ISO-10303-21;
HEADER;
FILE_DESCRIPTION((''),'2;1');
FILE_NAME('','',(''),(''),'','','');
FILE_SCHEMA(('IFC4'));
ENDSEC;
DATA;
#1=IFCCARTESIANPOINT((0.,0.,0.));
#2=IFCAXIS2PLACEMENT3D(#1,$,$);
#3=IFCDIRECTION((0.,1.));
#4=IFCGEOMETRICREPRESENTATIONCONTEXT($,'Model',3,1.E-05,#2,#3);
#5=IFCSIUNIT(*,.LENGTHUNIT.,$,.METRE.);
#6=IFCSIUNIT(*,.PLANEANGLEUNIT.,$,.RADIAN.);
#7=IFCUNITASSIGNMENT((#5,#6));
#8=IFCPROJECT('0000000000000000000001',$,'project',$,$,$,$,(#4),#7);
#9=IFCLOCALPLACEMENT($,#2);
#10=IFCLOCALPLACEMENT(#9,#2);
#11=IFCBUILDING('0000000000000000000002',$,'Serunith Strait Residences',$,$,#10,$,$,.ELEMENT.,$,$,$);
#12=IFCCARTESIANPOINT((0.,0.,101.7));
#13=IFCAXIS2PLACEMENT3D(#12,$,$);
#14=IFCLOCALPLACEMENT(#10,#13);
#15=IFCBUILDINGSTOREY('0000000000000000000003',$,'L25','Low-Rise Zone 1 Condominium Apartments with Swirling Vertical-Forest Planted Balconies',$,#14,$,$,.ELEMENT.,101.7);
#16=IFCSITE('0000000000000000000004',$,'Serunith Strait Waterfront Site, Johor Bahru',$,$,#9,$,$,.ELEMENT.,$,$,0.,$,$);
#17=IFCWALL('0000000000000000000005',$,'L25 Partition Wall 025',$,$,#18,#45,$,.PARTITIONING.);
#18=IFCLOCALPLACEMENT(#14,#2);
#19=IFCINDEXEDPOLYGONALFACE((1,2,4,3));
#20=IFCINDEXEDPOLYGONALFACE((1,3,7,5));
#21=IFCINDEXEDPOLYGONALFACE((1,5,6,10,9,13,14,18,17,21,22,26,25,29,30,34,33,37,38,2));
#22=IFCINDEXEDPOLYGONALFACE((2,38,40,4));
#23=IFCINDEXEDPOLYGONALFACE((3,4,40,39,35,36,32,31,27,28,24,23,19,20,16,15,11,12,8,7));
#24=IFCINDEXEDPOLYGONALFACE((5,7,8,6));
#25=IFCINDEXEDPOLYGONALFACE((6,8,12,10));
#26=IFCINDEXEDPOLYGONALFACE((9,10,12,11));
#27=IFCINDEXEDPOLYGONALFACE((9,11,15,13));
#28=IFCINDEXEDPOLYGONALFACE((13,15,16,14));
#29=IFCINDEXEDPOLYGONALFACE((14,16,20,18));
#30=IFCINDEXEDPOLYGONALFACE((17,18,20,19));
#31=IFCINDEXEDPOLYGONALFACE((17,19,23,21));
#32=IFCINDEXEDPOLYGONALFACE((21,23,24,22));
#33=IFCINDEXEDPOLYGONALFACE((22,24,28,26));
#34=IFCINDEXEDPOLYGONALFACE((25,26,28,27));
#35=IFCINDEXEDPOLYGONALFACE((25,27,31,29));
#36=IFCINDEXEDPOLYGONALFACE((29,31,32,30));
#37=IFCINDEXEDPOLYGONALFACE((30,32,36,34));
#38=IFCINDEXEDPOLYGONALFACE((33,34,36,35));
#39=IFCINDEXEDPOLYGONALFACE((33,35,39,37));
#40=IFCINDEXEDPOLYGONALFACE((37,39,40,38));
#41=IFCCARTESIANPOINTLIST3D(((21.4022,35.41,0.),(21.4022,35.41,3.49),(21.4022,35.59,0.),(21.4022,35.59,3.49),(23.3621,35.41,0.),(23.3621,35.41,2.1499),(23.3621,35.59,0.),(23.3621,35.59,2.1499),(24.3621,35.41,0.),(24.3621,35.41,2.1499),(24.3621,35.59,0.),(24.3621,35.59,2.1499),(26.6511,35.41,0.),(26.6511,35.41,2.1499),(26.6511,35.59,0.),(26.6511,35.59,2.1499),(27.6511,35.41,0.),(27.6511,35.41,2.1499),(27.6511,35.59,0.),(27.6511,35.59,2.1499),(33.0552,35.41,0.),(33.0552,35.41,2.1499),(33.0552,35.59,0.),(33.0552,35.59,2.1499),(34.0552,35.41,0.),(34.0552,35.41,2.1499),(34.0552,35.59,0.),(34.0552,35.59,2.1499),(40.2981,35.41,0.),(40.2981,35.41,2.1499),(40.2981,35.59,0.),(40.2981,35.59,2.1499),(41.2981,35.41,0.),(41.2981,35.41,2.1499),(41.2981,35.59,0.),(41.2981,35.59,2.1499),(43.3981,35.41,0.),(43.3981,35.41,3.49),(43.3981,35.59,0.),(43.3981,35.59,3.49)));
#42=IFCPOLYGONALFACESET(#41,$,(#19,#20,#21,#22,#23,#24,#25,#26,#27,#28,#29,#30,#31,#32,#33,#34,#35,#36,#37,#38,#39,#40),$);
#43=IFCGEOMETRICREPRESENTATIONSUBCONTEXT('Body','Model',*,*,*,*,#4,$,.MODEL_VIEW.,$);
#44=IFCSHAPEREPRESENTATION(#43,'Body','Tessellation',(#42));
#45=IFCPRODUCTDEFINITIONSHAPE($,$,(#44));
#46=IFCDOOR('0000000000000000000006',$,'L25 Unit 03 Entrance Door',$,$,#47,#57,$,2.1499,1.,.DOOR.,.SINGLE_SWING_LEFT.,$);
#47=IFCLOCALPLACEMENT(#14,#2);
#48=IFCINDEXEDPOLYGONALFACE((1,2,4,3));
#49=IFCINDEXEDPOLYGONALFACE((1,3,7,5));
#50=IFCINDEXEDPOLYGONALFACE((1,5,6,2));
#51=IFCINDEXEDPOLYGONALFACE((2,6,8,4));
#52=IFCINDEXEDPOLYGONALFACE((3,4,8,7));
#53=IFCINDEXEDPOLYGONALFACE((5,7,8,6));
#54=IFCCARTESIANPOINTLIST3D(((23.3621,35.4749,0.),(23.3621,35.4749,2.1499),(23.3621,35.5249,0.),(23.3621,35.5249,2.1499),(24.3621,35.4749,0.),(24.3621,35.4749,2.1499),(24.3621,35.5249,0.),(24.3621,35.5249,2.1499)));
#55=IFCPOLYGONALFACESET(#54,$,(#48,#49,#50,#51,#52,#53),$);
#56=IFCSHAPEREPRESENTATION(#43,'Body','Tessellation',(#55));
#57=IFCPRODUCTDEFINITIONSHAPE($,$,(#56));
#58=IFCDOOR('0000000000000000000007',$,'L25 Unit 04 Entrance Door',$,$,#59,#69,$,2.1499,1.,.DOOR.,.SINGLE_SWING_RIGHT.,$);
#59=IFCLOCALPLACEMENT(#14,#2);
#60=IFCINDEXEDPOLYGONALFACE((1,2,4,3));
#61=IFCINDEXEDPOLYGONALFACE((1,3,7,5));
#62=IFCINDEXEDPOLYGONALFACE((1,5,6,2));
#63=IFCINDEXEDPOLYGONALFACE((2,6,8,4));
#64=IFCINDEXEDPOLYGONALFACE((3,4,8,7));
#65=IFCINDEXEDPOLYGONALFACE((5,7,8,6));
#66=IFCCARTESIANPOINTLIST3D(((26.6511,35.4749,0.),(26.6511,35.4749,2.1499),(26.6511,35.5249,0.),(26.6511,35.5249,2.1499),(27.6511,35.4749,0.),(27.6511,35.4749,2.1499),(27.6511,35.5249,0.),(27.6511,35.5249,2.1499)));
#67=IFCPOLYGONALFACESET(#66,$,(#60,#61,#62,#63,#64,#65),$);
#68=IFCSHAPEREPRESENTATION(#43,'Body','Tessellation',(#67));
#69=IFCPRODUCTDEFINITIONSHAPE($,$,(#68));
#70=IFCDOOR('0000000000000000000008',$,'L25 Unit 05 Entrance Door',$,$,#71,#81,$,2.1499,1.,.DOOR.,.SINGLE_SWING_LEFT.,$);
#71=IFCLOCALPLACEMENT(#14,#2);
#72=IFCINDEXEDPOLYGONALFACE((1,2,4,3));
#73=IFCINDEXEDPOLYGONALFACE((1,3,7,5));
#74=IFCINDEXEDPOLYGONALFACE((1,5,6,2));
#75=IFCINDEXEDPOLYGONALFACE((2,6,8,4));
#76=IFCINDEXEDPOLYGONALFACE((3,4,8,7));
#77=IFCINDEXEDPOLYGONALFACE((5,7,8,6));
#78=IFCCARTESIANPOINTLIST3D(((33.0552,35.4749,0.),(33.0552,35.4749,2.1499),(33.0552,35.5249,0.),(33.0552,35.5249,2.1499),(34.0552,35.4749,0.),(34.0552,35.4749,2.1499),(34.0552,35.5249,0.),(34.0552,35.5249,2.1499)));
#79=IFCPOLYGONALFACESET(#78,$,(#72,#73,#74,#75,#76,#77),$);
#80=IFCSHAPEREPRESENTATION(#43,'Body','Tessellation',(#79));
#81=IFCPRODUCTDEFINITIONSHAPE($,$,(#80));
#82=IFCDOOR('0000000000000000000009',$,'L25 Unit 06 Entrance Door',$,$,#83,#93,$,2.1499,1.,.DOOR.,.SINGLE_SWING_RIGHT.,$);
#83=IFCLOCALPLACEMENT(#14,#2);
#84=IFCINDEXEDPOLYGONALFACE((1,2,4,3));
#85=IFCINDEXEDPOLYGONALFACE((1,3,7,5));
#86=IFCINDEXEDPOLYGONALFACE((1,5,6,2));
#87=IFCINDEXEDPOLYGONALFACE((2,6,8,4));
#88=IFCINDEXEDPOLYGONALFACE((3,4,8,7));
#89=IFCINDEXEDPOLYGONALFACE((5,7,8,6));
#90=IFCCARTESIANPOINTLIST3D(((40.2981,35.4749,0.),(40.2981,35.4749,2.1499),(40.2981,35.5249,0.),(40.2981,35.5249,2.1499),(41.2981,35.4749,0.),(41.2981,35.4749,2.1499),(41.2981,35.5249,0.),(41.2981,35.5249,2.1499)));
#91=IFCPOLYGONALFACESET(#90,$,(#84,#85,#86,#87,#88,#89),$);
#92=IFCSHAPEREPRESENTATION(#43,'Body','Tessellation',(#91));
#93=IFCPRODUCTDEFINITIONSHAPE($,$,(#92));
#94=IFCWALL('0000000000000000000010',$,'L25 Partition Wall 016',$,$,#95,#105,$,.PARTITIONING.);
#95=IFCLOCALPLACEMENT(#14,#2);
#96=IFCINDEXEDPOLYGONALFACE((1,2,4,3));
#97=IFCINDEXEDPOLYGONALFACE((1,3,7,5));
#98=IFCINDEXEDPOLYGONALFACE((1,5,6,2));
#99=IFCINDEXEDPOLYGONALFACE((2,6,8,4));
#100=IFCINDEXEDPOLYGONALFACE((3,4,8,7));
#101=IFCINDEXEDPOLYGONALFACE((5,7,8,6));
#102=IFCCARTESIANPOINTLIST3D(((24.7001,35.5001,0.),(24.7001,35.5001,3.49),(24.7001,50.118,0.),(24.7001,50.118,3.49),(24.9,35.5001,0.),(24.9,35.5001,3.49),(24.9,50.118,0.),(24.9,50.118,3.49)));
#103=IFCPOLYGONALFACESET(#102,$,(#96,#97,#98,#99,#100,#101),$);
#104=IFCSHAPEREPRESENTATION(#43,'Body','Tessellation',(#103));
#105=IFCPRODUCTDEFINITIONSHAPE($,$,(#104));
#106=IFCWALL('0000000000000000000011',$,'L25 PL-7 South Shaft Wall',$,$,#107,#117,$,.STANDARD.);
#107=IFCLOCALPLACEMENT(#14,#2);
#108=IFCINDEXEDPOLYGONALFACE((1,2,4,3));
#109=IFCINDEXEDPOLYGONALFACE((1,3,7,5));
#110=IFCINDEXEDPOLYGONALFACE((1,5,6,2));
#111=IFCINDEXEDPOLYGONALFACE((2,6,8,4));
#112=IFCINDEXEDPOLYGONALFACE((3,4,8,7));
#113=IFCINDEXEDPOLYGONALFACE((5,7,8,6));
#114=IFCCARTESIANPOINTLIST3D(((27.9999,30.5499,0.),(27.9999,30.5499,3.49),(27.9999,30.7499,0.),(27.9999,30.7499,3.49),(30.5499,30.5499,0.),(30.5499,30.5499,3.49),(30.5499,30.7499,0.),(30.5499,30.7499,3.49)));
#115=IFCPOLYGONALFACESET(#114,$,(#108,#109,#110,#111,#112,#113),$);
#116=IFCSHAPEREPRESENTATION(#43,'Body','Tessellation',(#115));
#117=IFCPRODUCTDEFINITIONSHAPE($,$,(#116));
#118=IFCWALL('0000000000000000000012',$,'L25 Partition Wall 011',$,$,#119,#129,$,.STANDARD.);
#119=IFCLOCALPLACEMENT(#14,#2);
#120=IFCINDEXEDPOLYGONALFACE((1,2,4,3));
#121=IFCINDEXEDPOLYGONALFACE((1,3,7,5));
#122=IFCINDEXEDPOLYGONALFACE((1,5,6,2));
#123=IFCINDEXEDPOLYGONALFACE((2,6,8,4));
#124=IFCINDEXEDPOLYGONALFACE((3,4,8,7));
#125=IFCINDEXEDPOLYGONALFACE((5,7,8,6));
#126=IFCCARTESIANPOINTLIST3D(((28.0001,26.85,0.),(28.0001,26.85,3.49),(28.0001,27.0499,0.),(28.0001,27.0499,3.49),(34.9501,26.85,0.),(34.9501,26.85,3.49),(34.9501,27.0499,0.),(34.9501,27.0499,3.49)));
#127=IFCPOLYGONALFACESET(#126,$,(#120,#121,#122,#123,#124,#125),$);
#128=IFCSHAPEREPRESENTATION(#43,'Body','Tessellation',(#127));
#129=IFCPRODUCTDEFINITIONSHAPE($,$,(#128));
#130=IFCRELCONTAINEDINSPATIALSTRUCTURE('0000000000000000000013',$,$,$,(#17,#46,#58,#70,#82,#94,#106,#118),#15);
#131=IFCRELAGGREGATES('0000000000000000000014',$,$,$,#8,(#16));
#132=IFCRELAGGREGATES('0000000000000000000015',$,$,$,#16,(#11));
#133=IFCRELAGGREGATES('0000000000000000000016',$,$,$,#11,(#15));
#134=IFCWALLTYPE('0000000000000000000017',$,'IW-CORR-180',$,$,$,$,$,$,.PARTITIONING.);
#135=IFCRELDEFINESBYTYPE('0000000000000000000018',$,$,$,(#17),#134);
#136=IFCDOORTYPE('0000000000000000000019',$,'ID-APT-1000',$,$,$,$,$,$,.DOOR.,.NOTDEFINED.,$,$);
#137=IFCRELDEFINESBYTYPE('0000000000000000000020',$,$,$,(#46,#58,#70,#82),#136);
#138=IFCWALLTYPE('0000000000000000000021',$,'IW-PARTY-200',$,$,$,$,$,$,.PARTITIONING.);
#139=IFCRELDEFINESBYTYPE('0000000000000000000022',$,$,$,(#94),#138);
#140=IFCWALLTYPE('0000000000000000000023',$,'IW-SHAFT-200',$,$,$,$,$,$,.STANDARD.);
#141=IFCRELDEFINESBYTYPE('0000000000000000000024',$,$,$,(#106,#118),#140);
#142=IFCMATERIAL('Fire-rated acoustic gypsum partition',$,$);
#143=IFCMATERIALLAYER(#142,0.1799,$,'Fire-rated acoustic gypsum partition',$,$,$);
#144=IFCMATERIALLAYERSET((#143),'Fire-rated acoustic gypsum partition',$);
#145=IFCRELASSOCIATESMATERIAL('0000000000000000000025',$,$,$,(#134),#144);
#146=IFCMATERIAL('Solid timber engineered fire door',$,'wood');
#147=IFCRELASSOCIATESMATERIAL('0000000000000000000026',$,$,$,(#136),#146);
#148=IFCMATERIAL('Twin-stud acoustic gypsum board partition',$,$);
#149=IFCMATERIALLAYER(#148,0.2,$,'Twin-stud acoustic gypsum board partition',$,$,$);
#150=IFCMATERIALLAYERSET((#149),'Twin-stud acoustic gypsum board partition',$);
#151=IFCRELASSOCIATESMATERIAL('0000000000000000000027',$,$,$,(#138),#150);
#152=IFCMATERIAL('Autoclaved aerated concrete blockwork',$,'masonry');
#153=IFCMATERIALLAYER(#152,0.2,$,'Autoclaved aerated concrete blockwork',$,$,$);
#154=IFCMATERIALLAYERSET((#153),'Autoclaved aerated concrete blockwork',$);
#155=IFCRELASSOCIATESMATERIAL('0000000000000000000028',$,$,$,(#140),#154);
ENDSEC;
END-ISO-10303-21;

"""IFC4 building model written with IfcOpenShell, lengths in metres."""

from ifc_helpers import new_model, si_unit, direction, frame, frame_2d, origin, place, context, subcontext, project, spatial, rectangle, extrude, source, transform, mapped, material, layer, layer_set, type_object, element, fill, save


model = new_model("IFC4")

# Units and contexts
model_context = context("Model", 3, precision=1e-05, world=origin(), true_north=direction((0.0, 1.0)))
body_context = subcontext(model_context, "Body", "Model", "MODEL_VIEW")
ifc_project = project(units=[si_unit("LENGTHUNIT", "METRE"), si_unit("PLANEANGLEUNIT", "RADIAN")], contexts=[model_context])

# Site, building, storey
site_placement = place(None, origin())
site = spatial("IfcSite", under=ifc_project, at=site_placement, Name="Serunith Strait Waterfront Site, Johor Bahru", CompositionType="ELEMENT", RefElevation=0.0)
building_placement = place(site_placement, origin())
building = spatial("IfcBuilding", under=site, at=building_placement, Name="Serunith Strait Residences", CompositionType="ELEMENT")
storey_placement = place(building_placement, frame((0.0, 0.0, 101.7)))
storey = spatial("IfcBuildingStorey", under=building, at=storey_placement, Name="L25", Description="Low-Rise Zone 1 Condominium Apartments with Swirling Vertical-Forest Planted Balconies", CompositionType="ELEMENT", Elevation=101.7)

# Wall, openings, doors
ifc_material_1 = material(Name="Fire-rated acoustic gypsum partition")
ifc_layer_1 = layer(ifc_material_1, 0.1799, Name="Fire-rated acoustic gypsum partition")
ifc_layer_set_1 = layer_set([ifc_layer_1], Name="Fire-rated acoustic gypsum partition")
wall_type_1 = type_object("IfcWallType", Name="IW-CORR-180", PredefinedType="PARTITIONING", material=ifc_layer_set_1)
wall_1_placement = place(storey_placement, frame((21.4021, 35.5, 0.0), z_axis=(0.0, 0.0, 1.0), x_axis=(1.0, 0.0, 0.0)))
wall_1 = element("IfcWall", 1, at=wall_1_placement, inside=storey, type_object=wall_type_1, Name="L25 Partition Wall 025", PredefinedType="PARTITIONING", context=body_context, shape_type="SweptSolid", body=[
    extrude(rectangle(XDim=21.9958, YDim=0.1799, at=frame_2d((10.998, 0.0))), origin(), (0.0, 0.0, 1.0), 3.49),
])
opening_1_placement = place(wall_1_placement, frame((1.96, 0.0, 0.0)))
opening_1 = element("IfcOpeningElement", 2, at=opening_1_placement, cuts=wall_1, PredefinedType="OPENING", context=body_context, shape_type="SweptSolid", body=[
    extrude(rectangle(XDim=1.0, YDim=2.1499, at=frame_2d((0.5, 1.075))), frame((0.0, 0.1001, 0.0), z_axis=(0.0, -1.0, 0.0), x_axis=(1.0, 0.0, 0.0)), (0.0, 0.0, 1.0), 0.2),
])
opening_2_placement = place(wall_1_placement, frame((5.249, 0.0, 0.0)))
opening_2 = element("IfcOpeningElement", 3, at=opening_2_placement, cuts=wall_1, PredefinedType="OPENING", context=body_context, shape_type="SweptSolid", body=[
    extrude(rectangle(XDim=1.0, YDim=2.1499, at=frame_2d((0.5, 1.075))), frame((0.0, 0.1001, 0.0), z_axis=(0.0, -1.0, 0.0), x_axis=(1.0, 0.0, 0.0)), (0.0, 0.0, 1.0), 0.2),
])
opening_3_placement = place(wall_1_placement, frame((11.6531, 0.0, 0.0)))
opening_3 = element("IfcOpeningElement", 4, at=opening_3_placement, cuts=wall_1, PredefinedType="OPENING", context=body_context, shape_type="SweptSolid", body=[
    extrude(rectangle(XDim=1.0, YDim=2.1499, at=frame_2d((0.5, 1.075))), frame((0.0, 0.1001, 0.0), z_axis=(0.0, -1.0, 0.0), x_axis=(1.0, 0.0, 0.0)), (0.0, 0.0, 1.0), 0.2),
])
opening_4_placement = place(wall_1_placement, frame((18.896, 0.0, 0.0)))
opening_4 = element("IfcOpeningElement", 5, at=opening_4_placement, cuts=wall_1, PredefinedType="OPENING", context=body_context, shape_type="SweptSolid", body=[
    extrude(rectangle(XDim=1.0, YDim=2.1499, at=frame_2d((0.5, 1.075))), frame((0.0, 0.1001, 0.0), z_axis=(0.0, -1.0, 0.0), x_axis=(1.0, 0.0, 0.0)), (0.0, 0.0, 1.0), 0.2),
])
ifc_material_2 = material(Name="Solid timber engineered fire door", Category="wood")
door_type_1 = type_object("IfcDoorType", Name="ID-APT-1000", OperationType="NOTDEFINED", PredefinedType="DOOR", material=ifc_material_2)
shared_shape_1 = source(origin(), body_context, "Body", "SweptSolid", [
    extrude(rectangle(XDim=1.0, YDim=2.1499, at=frame_2d((0.5, 1.075))), frame((0.0, 0.0249, 0.0), z_axis=(0.0, -1.0, 0.0), x_axis=(1.0, 0.0, 0.0)), (0.0, 0.0, 1.0), 0.05),
])
door_1_placement = place(opening_1_placement, origin())
door_1 = element("IfcDoor", 6, at=door_1_placement, inside=storey, type_object=door_type_1, Name="L25 Unit 03 Entrance Door", OperationType="SINGLE_SWING_LEFT", OverallHeight=2.1499, OverallWidth=1.0, PredefinedType="DOOR", context=body_context, shape_type="MappedRepresentation", body=[
    mapped(shared_shape_1, transform((0.0, 0.0, 0.0), scale=1.0)),
])
fill(opening_1, door_1)
door_2_placement = place(opening_2_placement, origin())
door_2 = element("IfcDoor", 7, at=door_2_placement, inside=storey, type_object=door_type_1, Name="L25 Unit 04 Entrance Door", OperationType="SINGLE_SWING_RIGHT", OverallHeight=2.1499, OverallWidth=1.0, PredefinedType="DOOR", context=body_context, shape_type="MappedRepresentation", body=[
    mapped(shared_shape_1, transform((0.0, 0.0, 0.0), scale=1.0)),
])
fill(opening_2, door_2)
door_3_placement = place(opening_3_placement, origin())
door_3 = element("IfcDoor", 8, at=door_3_placement, inside=storey, type_object=door_type_1, Name="L25 Unit 05 Entrance Door", OperationType="SINGLE_SWING_LEFT", OverallHeight=2.1499, OverallWidth=1.0, PredefinedType="DOOR", context=body_context, shape_type="MappedRepresentation", body=[
    mapped(shared_shape_1, transform((0.0, 0.0, 0.0), scale=1.0)),
])
fill(opening_3, door_3)
door_4_placement = place(opening_4_placement, origin())
door_4 = element("IfcDoor", 9, at=door_4_placement, inside=storey, type_object=door_type_1, Name="L25 Unit 06 Entrance Door", OperationType="SINGLE_SWING_RIGHT", OverallHeight=2.1499, OverallWidth=1.0, PredefinedType="DOOR", context=body_context, shape_type="MappedRepresentation", body=[
    mapped(shared_shape_1, transform((0.0, 0.0, 0.0), scale=1.0)),
])
fill(opening_4, door_4)

# Wall
ifc_material_3 = material(Name="Twin-stud acoustic gypsum board partition")
ifc_layer_2 = layer(ifc_material_3, 0.2, Name="Twin-stud acoustic gypsum board partition")
ifc_layer_set_2 = layer_set([ifc_layer_2], Name="Twin-stud acoustic gypsum board partition")
wall_type_2 = type_object("IfcWallType", Name="IW-PARTY-200", PredefinedType="PARTITIONING", material=ifc_layer_set_2)
wall_2_placement = place(storey_placement, frame((24.8, 35.5, 0.0), z_axis=(0.0, 0.0, 1.0), x_axis=(0.0, 1.0, 0.0)))
element("IfcWall", 10, at=wall_2_placement, inside=storey, type_object=wall_type_2, Name="L25 Partition Wall 016", PredefinedType="PARTITIONING", context=body_context, shape_type="SweptSolid", body=[
    extrude(rectangle(XDim=14.6179, YDim=0.2, at=frame_2d((7.3091, 0.0))), origin(), (0.0, 0.0, 1.0), 3.49),
])

# Shared definitions
ifc_material_4 = material(Name="Autoclaved aerated concrete blockwork", Category="masonry")
ifc_layer_3 = layer(ifc_material_4, 0.2, Name="Autoclaved aerated concrete blockwork")
ifc_layer_set_3 = layer_set([ifc_layer_3], Name="Autoclaved aerated concrete blockwork")
wall_type_3 = type_object("IfcWallType", Name="IW-SHAFT-200", PredefinedType="STANDARD", material=ifc_layer_set_3)

# Walls
wall_3_placement = place(storey_placement, frame((28.0, 30.6499, 0.0), z_axis=(0.0, 0.0, 1.0), x_axis=(1.0, 0.0, 0.0)))
element("IfcWall", 11, at=wall_3_placement, inside=storey, type_object=wall_type_3, Name="L25 PL-7 South Shaft Wall", PredefinedType="STANDARD", context=body_context, shape_type="SweptSolid", body=[
    extrude(rectangle(XDim=2.55, YDim=0.2, at=frame_2d((1.2749, 0.0))), origin(), (0.0, 0.0, 1.0), 3.49),
])
wall_4_placement = place(storey_placement, frame((28.0, 26.95, 0.0), z_axis=(0.0, 0.0, 1.0), x_axis=(1.0, 0.0, 0.0)))
element("IfcWall", 12, at=wall_4_placement, inside=storey, type_object=wall_type_3, Name="L25 Partition Wall 011", PredefinedType="STANDARD", context=body_context, shape_type="SweptSolid", body=[
    extrude(rectangle(XDim=6.95, YDim=0.2, at=frame_2d((3.4751, 0.0))), origin(), (0.0, 0.0, 1.0), 3.49),
])

save(model, "model.ifc")
